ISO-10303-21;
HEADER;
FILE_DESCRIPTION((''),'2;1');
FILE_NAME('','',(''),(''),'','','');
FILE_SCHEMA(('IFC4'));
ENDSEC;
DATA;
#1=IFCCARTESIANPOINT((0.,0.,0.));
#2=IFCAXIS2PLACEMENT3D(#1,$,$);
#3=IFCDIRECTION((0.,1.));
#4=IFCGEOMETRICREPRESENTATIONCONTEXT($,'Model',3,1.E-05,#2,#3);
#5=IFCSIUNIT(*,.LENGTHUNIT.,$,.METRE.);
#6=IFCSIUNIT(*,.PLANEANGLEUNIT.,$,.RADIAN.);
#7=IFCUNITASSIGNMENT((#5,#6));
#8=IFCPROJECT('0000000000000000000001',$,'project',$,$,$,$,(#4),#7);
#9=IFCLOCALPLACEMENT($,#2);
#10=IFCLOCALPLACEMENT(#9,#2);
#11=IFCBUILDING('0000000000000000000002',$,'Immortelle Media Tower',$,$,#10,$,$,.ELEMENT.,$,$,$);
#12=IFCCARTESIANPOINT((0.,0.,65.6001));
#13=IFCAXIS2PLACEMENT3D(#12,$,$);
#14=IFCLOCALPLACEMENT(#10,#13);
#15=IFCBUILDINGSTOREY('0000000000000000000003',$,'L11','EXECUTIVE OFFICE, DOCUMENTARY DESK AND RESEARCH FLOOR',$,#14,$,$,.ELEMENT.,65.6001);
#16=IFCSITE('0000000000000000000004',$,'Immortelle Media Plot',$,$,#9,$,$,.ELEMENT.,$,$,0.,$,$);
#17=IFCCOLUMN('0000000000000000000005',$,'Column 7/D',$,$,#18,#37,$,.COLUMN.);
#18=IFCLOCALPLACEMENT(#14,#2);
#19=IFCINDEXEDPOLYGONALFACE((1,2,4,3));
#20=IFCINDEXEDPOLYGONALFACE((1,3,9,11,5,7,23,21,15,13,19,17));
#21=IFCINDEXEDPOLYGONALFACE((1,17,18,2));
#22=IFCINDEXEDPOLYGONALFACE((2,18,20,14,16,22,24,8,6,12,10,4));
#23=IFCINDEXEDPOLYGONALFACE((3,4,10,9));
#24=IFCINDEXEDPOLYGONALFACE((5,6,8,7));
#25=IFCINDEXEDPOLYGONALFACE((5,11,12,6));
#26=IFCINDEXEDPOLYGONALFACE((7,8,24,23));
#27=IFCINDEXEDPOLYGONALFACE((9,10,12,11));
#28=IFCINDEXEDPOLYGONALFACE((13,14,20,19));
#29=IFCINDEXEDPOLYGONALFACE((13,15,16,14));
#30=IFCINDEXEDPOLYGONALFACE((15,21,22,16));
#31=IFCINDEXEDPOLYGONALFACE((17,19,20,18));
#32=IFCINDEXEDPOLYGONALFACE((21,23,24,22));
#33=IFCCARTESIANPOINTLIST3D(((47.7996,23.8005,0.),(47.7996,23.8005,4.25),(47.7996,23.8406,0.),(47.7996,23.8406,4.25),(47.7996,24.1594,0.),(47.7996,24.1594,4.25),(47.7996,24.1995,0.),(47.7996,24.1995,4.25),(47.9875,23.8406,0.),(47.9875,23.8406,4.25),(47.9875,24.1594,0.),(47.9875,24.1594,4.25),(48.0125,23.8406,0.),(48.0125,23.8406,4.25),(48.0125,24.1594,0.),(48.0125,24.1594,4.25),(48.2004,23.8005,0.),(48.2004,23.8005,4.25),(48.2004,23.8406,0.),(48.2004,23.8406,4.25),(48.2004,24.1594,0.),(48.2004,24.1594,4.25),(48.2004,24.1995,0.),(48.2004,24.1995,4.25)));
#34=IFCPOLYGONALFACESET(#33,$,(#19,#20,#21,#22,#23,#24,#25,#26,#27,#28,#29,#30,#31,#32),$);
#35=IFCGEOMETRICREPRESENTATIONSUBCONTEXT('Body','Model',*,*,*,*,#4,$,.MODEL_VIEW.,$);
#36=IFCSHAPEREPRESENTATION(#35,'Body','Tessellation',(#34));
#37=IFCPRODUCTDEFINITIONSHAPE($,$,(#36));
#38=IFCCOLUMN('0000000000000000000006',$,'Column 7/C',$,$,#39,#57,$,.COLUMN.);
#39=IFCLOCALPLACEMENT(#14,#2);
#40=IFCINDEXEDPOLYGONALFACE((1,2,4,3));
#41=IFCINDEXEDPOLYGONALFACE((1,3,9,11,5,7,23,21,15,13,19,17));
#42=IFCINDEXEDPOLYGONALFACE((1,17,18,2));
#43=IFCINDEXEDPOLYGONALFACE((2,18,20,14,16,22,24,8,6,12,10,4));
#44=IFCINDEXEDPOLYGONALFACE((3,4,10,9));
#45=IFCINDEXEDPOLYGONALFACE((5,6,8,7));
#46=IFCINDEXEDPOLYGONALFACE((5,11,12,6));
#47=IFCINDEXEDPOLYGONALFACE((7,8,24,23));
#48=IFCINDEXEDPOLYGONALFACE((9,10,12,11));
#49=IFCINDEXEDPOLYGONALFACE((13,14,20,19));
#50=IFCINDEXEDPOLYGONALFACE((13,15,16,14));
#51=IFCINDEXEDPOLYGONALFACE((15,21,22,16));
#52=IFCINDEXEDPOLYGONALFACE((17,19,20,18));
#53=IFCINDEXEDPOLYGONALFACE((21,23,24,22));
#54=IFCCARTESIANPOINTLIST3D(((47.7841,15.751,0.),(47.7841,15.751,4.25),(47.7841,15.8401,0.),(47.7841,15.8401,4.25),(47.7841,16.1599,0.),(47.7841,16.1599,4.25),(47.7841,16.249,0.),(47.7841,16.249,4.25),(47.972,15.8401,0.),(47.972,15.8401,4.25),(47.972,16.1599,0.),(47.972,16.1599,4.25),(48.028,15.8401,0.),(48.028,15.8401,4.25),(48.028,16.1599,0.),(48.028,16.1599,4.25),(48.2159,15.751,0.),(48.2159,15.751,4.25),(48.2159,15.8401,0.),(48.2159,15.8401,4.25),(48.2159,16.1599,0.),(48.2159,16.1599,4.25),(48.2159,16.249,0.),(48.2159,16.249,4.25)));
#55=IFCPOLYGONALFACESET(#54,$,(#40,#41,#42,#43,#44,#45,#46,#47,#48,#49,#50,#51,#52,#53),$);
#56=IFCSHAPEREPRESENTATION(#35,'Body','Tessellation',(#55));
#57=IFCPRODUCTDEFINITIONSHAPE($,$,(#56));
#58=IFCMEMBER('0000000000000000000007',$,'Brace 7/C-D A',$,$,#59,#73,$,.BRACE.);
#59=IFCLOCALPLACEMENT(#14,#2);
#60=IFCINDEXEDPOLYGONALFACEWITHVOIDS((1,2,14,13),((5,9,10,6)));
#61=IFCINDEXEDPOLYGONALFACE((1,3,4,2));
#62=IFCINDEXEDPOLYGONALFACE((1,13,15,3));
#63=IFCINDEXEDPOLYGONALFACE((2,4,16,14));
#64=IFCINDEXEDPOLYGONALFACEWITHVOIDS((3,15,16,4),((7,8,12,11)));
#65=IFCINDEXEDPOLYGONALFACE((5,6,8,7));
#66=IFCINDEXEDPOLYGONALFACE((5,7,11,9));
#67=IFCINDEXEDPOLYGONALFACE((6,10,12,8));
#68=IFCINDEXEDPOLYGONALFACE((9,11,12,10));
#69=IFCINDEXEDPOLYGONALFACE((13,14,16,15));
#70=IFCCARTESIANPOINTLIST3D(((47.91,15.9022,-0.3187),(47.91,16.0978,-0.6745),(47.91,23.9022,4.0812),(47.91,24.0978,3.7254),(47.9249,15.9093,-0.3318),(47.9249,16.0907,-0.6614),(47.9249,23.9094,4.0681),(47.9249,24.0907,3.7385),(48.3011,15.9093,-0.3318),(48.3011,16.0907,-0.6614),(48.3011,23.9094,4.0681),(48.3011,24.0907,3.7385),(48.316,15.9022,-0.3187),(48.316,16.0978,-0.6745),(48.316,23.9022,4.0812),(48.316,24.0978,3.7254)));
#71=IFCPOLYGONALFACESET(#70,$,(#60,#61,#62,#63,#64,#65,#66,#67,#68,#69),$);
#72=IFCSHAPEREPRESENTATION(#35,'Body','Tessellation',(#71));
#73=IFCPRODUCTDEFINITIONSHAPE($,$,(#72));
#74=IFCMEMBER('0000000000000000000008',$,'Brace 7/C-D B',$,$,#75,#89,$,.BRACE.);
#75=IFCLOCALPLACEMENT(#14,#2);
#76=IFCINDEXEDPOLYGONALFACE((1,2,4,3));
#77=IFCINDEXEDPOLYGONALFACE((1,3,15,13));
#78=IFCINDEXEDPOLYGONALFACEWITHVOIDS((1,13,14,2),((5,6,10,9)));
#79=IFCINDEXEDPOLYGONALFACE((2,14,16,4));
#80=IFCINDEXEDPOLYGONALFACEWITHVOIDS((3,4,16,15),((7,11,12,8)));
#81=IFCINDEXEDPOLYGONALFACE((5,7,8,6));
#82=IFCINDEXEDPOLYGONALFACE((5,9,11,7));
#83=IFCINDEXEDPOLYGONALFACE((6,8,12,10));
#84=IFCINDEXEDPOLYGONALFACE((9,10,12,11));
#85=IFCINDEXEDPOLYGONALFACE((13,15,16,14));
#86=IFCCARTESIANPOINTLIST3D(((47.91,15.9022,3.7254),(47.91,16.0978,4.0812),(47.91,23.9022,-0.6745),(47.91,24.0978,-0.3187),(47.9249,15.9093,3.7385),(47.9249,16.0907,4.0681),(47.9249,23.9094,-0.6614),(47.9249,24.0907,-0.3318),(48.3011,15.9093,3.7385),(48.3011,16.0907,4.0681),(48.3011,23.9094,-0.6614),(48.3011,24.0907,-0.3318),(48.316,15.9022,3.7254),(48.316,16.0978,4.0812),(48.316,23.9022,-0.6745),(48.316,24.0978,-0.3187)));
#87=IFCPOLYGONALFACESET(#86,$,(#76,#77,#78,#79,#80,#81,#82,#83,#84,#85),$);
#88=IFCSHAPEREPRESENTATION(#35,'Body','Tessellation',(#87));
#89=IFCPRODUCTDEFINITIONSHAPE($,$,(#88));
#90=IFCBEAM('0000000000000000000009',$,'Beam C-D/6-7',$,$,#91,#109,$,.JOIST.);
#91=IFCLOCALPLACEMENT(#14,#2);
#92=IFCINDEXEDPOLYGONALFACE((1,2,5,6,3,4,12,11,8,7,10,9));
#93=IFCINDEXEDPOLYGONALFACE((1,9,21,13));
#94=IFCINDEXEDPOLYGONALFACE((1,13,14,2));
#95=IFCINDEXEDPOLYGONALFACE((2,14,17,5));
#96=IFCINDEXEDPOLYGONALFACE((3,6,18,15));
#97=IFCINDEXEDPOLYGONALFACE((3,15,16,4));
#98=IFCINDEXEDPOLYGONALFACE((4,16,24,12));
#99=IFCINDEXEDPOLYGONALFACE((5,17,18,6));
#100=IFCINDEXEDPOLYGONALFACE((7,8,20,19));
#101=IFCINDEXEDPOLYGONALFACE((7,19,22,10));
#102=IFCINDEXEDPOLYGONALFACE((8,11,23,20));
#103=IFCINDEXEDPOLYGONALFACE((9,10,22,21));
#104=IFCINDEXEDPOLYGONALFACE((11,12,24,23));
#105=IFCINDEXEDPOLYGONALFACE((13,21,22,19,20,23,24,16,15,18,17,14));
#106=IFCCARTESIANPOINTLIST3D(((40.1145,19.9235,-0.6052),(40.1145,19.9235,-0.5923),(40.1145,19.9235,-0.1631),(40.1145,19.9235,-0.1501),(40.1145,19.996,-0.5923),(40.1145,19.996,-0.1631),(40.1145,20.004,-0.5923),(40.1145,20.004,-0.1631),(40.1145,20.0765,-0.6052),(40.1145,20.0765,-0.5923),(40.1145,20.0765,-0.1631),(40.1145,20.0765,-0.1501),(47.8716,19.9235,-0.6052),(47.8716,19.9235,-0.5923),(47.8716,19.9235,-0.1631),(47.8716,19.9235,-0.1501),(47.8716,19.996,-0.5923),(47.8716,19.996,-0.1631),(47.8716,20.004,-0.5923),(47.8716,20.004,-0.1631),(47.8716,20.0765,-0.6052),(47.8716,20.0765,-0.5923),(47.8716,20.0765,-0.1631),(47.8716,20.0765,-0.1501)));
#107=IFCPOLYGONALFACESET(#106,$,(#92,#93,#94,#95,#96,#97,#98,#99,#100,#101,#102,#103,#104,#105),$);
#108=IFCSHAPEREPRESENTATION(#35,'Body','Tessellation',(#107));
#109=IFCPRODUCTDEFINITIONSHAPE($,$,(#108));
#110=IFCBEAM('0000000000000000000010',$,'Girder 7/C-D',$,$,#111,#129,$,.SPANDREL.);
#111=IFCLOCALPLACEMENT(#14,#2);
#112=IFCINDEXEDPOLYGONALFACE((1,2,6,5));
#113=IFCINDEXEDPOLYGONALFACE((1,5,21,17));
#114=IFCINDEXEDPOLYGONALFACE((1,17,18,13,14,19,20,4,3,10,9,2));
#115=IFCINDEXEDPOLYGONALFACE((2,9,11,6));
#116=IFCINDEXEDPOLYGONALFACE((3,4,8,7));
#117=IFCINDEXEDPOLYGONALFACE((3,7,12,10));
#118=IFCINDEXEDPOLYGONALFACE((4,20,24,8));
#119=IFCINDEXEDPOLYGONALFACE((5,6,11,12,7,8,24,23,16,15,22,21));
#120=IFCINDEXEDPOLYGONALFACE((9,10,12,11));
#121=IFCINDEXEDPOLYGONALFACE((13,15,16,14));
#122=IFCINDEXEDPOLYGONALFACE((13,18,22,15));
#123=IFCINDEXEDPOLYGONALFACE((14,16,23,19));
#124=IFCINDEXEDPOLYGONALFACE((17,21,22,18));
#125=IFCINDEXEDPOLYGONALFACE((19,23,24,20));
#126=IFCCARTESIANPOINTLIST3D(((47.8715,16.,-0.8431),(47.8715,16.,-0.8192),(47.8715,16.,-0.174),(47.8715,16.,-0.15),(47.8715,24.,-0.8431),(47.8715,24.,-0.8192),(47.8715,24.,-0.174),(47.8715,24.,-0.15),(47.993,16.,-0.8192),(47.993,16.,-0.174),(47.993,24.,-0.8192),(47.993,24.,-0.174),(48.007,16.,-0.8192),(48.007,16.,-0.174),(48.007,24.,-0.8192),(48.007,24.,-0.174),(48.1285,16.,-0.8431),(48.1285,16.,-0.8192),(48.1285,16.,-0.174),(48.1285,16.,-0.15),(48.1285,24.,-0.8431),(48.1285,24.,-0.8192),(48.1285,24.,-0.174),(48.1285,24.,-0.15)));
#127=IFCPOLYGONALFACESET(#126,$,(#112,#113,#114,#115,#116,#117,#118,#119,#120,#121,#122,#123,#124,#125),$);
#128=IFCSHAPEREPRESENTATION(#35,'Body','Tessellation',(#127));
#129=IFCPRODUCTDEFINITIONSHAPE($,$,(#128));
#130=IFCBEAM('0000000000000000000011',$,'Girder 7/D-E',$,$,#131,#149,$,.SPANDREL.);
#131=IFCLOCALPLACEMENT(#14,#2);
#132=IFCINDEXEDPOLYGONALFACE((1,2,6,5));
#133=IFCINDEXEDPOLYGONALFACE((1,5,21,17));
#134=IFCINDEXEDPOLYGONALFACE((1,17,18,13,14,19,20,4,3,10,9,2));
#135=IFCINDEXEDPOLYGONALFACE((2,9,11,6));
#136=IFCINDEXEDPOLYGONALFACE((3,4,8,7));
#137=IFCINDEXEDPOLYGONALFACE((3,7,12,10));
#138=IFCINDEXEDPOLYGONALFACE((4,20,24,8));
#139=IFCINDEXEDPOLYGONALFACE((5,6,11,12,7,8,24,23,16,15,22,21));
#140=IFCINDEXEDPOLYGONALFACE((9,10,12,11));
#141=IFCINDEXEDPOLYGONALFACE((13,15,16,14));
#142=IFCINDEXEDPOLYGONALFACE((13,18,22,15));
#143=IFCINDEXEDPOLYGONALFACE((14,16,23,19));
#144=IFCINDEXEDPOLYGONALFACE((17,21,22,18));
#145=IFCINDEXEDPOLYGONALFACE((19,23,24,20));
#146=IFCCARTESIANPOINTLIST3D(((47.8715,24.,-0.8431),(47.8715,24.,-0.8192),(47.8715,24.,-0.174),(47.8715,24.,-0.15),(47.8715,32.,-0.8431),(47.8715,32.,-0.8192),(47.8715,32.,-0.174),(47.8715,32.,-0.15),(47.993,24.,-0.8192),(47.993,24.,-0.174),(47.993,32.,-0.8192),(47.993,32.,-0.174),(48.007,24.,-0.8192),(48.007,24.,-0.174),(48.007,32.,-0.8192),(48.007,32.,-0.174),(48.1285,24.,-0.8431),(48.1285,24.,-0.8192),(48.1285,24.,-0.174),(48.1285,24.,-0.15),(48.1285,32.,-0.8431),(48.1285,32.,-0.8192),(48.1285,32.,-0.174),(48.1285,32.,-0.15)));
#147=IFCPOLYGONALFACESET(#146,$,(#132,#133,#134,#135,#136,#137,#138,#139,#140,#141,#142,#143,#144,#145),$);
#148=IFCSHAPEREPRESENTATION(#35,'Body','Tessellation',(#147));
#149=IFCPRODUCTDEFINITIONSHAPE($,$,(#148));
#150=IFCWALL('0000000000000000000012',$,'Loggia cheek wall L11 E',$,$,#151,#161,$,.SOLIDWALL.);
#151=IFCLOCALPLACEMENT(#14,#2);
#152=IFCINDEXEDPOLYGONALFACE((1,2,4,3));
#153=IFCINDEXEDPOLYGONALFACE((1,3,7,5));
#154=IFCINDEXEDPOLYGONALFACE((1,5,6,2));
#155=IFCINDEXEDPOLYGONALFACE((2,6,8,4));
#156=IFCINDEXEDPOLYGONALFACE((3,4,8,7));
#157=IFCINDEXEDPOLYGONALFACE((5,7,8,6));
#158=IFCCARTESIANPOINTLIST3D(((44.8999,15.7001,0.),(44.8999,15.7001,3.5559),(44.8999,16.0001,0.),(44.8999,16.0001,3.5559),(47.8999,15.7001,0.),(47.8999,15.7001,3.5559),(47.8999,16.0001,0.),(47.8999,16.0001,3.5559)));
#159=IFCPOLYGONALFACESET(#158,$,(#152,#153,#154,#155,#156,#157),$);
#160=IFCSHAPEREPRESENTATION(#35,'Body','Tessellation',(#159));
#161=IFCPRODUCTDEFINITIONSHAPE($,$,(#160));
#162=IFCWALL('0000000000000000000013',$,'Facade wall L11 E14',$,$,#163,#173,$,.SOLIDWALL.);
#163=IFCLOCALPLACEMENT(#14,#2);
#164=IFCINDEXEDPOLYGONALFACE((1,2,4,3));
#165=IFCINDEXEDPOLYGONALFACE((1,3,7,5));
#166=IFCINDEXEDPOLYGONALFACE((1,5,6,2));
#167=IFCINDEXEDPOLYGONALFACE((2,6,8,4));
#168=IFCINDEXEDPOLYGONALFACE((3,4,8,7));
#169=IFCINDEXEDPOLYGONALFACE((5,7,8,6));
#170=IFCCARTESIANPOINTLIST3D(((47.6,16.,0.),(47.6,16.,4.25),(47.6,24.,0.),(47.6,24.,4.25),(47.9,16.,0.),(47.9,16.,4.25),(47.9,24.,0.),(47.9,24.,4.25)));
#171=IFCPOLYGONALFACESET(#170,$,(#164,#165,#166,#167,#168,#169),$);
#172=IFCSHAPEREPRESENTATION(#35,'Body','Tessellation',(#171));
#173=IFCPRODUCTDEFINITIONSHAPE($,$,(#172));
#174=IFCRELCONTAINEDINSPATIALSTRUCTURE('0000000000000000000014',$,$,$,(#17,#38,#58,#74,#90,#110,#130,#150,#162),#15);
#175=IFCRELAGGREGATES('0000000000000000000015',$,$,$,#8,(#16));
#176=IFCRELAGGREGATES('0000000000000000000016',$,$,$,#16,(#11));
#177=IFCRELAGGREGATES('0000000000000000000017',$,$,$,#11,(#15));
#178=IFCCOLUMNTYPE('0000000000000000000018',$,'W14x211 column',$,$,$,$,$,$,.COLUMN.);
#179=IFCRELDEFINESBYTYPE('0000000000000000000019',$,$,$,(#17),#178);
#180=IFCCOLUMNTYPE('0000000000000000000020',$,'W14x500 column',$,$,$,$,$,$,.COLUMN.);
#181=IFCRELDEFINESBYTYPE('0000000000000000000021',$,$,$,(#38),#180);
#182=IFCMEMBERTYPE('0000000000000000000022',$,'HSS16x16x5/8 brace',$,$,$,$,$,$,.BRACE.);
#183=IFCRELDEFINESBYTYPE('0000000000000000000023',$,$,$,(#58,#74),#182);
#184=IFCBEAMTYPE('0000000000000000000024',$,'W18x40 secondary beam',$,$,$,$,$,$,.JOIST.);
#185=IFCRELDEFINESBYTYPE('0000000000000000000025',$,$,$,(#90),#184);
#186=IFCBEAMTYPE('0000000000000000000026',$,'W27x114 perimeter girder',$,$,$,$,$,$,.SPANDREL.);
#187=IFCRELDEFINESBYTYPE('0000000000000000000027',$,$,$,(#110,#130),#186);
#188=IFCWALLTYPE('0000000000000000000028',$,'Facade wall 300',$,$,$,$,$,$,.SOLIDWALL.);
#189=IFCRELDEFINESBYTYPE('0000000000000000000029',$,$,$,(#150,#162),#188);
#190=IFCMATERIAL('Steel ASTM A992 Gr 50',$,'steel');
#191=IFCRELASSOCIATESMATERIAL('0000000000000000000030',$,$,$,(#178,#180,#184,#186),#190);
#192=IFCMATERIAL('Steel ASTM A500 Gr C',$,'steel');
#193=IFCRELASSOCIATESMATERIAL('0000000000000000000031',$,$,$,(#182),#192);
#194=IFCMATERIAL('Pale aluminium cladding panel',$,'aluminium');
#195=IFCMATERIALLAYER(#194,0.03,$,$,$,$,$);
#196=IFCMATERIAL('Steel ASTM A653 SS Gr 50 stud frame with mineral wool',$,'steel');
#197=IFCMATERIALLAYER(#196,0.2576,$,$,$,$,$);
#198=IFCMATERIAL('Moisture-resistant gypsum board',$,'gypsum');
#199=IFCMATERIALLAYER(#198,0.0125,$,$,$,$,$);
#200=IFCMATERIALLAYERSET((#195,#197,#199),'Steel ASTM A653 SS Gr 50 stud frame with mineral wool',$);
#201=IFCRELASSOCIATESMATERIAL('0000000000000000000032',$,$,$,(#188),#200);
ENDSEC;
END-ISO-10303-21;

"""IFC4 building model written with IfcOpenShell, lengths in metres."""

from ifc_helpers import new_model, si_unit, direction, frame, frame_2d, origin, origin_2d, place, context, subcontext, project, spatial, rectangle, hollow_rectangle, i_section, extrude, material, layer, layer_set, material_profile, profile_set, type_object, element, save


model = new_model("IFC4")

# Units and contexts
model_context = context("Model", 3, precision=1e-05, world=origin(), true_north=direction((0.0, 1.0)))
body_context = subcontext(model_context, "Body", "Model", "MODEL_VIEW")
ifc_project = project(units=[si_unit("LENGTHUNIT", "METRE"), si_unit("PLANEANGLEUNIT", "RADIAN")], contexts=[model_context])

# Site, building, storey
site_placement = place(None, origin())
site = spatial("IfcSite", under=ifc_project, at=site_placement, Name="Immortelle Media Plot", CompositionType="ELEMENT", RefElevation=0.0)
building_placement = place(site_placement, origin())
building = spatial("IfcBuilding", under=site, at=building_placement, Name="Immortelle Media Tower", CompositionType="ELEMENT")
storey_placement = place(building_placement, frame((0.0, 0.0, 65.6001)))
storey = spatial("IfcBuildingStorey", under=building, at=storey_placement, Name="L11", Description="EXECUTIVE OFFICE, DOCUMENTARY DESK AND RESEARCH FLOOR", CompositionType="ELEMENT", Elevation=65.6001)

# Columns
ifc_material_1 = material(Name="Steel ASTM A992 Gr 50", Category="steel")
ifc_material_profile_1 = material_profile(ifc_material_1, i_section(OverallWidth=0.4009, OverallDepth=0.3989, WebThickness=0.0249, FlangeThickness=0.04, at=origin_2d()), Name="W14x211")
ifc_profile_set_1 = profile_set([ifc_material_profile_1], Name="Steel ASTM A992 Gr 50")
column_type_1 = type_object("IfcColumnType", Name="W14x211 column", PredefinedType="COLUMN", material=ifc_profile_set_1)
column_1_placement = place(storey_placement, frame((48.0, 24.0, 0.0), z_axis=(0.0, 0.0, 1.0), x_axis=(1.0, 0.0, 0.0)))
element("IfcColumn", 1, at=column_1_placement, inside=storey, type_object=column_type_1, Name="Column 7/D", PredefinedType="COLUMN", context=body_context, shape_type="SweptSolid", body=[
    extrude(i_section(OverallWidth=0.4009, OverallDepth=0.3989, WebThickness=0.0249, FlangeThickness=0.04, at=origin_2d()), origin(), (0.0, 0.0, 1.0), 4.25),
])
ifc_material_profile_2 = material_profile(ifc_material_1, i_section(OverallWidth=0.4319, OverallDepth=0.498, WebThickness=0.0559, FlangeThickness=0.0891, at=origin_2d()), Name="W14x500")
ifc_profile_set_2 = profile_set([ifc_material_profile_2], Name="Steel ASTM A992 Gr 50")
column_type_2 = type_object("IfcColumnType", Name="W14x500 column", PredefinedType="COLUMN", material=ifc_profile_set_2)
column_2_placement = place(storey_placement, frame((48.0, 16.0, 0.0), z_axis=(0.0, 0.0, 1.0), x_axis=(1.0, 0.0, 0.0)))
element("IfcColumn", 2, at=column_2_placement, inside=storey, type_object=column_type_2, Name="Column 7/C", PredefinedType="COLUMN", context=body_context, shape_type="SweptSolid", body=[
    extrude(i_section(OverallWidth=0.4319, OverallDepth=0.498, WebThickness=0.0559, FlangeThickness=0.0891, at=origin_2d()), origin(), (0.0, 0.0, 1.0), 4.25),
])

# Members
ifc_material_2 = material(Name="Steel ASTM A500 Gr C", Category="steel")
ifc_material_profile_3 = material_profile(ifc_material_2, hollow_rectangle(XDim=0.406, YDim=0.406, WallThickness=0.0149, at=origin_2d()), Name="HSS16x16x5/8 brace")
ifc_profile_set_3 = profile_set([ifc_material_profile_3], Name="Steel ASTM A500 Gr C")
member_type = type_object("IfcMemberType", Name="HSS16x16x5/8 brace", PredefinedType="BRACE", material=ifc_profile_set_3)
for number, where, z_axis, x_axis, name in (
    (3, (48.113, 16.0, -0.4966), (0.0, 0.87622, 0.481911), (-1.0, 0.0, 0.0), "Brace 7/C-D A"),
    (4, (48.113, 16.0, 3.9033), (0.0, 0.87622, -0.481911), (-1.0, 0.0, 0.0), "Brace 7/C-D B"),
):
    element("IfcMember", number, at=place(storey_placement, frame(where, z_axis=z_axis, x_axis=x_axis)), inside=storey, type_object=member_type, Name=name, PredefinedType="BRACE", context=body_context, shape_type="SweptSolid", body=[
        extrude(hollow_rectangle(XDim=0.406, YDim=0.406, WallThickness=0.0149, at=origin_2d()), origin(), (0.0, 0.0, 1.0), 9.1301),
    ])

# Beams
ifc_material_profile_4 = material_profile(ifc_material_1, i_section(OverallWidth=0.1531, OverallDepth=0.4551, WebThickness=0.0081, FlangeThickness=0.0129, at=origin_2d()), Name="W18x40")
ifc_profile_set_4 = profile_set([ifc_material_profile_4], Name="Steel ASTM A992 Gr 50")
beam_type_1 = type_object("IfcBeamType", Name="W18x40 secondary beam", PredefinedType="JOIST", material=ifc_profile_set_4)
beam_placement = place(storey_placement, frame((40.1145, 20.0, -0.3777), z_axis=(1.0, 0.0, 0.0), x_axis=(0.0, 1.0, 0.0)))
element("IfcBeam", 5, at=beam_placement, inside=storey, type_object=beam_type_1, Name="Beam C-D/6-7", PredefinedType="JOIST", context=body_context, shape_type="SweptSolid", body=[
    extrude(i_section(OverallWidth=0.1531, OverallDepth=0.4551, WebThickness=0.0081, FlangeThickness=0.0129, at=origin_2d()), origin(), (0.0, 0.0, 1.0), 7.7571),
])
ifc_material_profile_5 = material_profile(ifc_material_1, i_section(OverallWidth=0.2571, OverallDepth=0.6931, WebThickness=0.0139, FlangeThickness=0.0239, at=origin_2d()), Name="W27x114")
ifc_profile_set_5 = profile_set([ifc_material_profile_5], Name="Steel ASTM A992 Gr 50")
beam_type_2 = type_object("IfcBeamType", Name="W27x114 perimeter girder", PredefinedType="SPANDREL", material=ifc_profile_set_5)
for number, where, z_axis, x_axis, name in (
    (6, (48.0, 16.0, -0.4966), (0.0, 1.0, 0.0), (-1.0, 0.0, 0.0), "Girder 7/C-D"),
    (7, (48.0, 24.0, -0.4966), (0.0, 1.0, 0.0), (-1.0, 0.0, 0.0), "Girder 7/D-E"),
):
    element("IfcBeam", number, at=place(storey_placement, frame(where, z_axis=z_axis, x_axis=x_axis)), inside=storey, type_object=beam_type_2, Name=name, PredefinedType="SPANDREL", context=body_context, shape_type="SweptSolid", body=[
        extrude(i_section(OverallWidth=0.2571, OverallDepth=0.6931, WebThickness=0.0139, FlangeThickness=0.0239, at=origin_2d()), origin(), (0.0, 0.0, 1.0), 8.0),
    ])

# Shared definitions
ifc_material_3 = material(Name="Steel ASTM A653 SS Gr 50 stud frame with mineral wool", Category="steel")

# Walls
ifc_material_4 = material(Name="Pale aluminium cladding panel", Category="aluminium")
ifc_layer_1 = layer(ifc_material_4, 0.03)
ifc_layer_2 = layer(ifc_material_3, 0.2576)
ifc_material_5 = material(Name="Moisture-resistant gypsum board", Category="gypsum")
ifc_layer_3 = layer(ifc_material_5, 0.0125)
ifc_layer_set_1 = layer_set([ifc_layer_1, ifc_layer_2, ifc_layer_3], Name="Steel ASTM A653 SS Gr 50 stud frame with mineral wool")
wall_type_1 = type_object("IfcWallType", Name="Facade wall 300", PredefinedType="SOLIDWALL", material=ifc_layer_set_1)
wall_1_placement = place(storey_placement, frame((47.8999, 15.8501, 0.0), z_axis=(0.0, 0.0, 1.0), x_axis=(-1.0, 0.0, 0.0)))
element("IfcWall", 8, at=wall_1_placement, inside=storey, type_object=wall_type_1, Name="Loggia cheek wall L11 E", PredefinedType="SOLIDWALL", context=body_context, shape_type="SweptSolid", body=[
    extrude(rectangle(XDim=3.0, YDim=0.3, at=frame_2d((1.5, 0.0))), origin(), (0.0, 0.0, 1.0), 3.5559),
])
wall_2_placement = place(storey_placement, frame((47.75, 16.0, 0.0), z_axis=(0.0, 0.0, 1.0), x_axis=(0.0, 1.0, 0.0)))
element("IfcWall", 9, at=wall_2_placement, inside=storey, type_object=wall_type_1, Name="Facade wall L11 E14", PredefinedType="SOLIDWALL", context=body_context, shape_type="SweptSolid", body=[
    extrude(rectangle(XDim=8.0, YDim=0.3, at=frame_2d((4.0, 0.0))), origin(), (0.0, 0.0, 1.0), 4.25),
])

save(model, "model.ifc")
